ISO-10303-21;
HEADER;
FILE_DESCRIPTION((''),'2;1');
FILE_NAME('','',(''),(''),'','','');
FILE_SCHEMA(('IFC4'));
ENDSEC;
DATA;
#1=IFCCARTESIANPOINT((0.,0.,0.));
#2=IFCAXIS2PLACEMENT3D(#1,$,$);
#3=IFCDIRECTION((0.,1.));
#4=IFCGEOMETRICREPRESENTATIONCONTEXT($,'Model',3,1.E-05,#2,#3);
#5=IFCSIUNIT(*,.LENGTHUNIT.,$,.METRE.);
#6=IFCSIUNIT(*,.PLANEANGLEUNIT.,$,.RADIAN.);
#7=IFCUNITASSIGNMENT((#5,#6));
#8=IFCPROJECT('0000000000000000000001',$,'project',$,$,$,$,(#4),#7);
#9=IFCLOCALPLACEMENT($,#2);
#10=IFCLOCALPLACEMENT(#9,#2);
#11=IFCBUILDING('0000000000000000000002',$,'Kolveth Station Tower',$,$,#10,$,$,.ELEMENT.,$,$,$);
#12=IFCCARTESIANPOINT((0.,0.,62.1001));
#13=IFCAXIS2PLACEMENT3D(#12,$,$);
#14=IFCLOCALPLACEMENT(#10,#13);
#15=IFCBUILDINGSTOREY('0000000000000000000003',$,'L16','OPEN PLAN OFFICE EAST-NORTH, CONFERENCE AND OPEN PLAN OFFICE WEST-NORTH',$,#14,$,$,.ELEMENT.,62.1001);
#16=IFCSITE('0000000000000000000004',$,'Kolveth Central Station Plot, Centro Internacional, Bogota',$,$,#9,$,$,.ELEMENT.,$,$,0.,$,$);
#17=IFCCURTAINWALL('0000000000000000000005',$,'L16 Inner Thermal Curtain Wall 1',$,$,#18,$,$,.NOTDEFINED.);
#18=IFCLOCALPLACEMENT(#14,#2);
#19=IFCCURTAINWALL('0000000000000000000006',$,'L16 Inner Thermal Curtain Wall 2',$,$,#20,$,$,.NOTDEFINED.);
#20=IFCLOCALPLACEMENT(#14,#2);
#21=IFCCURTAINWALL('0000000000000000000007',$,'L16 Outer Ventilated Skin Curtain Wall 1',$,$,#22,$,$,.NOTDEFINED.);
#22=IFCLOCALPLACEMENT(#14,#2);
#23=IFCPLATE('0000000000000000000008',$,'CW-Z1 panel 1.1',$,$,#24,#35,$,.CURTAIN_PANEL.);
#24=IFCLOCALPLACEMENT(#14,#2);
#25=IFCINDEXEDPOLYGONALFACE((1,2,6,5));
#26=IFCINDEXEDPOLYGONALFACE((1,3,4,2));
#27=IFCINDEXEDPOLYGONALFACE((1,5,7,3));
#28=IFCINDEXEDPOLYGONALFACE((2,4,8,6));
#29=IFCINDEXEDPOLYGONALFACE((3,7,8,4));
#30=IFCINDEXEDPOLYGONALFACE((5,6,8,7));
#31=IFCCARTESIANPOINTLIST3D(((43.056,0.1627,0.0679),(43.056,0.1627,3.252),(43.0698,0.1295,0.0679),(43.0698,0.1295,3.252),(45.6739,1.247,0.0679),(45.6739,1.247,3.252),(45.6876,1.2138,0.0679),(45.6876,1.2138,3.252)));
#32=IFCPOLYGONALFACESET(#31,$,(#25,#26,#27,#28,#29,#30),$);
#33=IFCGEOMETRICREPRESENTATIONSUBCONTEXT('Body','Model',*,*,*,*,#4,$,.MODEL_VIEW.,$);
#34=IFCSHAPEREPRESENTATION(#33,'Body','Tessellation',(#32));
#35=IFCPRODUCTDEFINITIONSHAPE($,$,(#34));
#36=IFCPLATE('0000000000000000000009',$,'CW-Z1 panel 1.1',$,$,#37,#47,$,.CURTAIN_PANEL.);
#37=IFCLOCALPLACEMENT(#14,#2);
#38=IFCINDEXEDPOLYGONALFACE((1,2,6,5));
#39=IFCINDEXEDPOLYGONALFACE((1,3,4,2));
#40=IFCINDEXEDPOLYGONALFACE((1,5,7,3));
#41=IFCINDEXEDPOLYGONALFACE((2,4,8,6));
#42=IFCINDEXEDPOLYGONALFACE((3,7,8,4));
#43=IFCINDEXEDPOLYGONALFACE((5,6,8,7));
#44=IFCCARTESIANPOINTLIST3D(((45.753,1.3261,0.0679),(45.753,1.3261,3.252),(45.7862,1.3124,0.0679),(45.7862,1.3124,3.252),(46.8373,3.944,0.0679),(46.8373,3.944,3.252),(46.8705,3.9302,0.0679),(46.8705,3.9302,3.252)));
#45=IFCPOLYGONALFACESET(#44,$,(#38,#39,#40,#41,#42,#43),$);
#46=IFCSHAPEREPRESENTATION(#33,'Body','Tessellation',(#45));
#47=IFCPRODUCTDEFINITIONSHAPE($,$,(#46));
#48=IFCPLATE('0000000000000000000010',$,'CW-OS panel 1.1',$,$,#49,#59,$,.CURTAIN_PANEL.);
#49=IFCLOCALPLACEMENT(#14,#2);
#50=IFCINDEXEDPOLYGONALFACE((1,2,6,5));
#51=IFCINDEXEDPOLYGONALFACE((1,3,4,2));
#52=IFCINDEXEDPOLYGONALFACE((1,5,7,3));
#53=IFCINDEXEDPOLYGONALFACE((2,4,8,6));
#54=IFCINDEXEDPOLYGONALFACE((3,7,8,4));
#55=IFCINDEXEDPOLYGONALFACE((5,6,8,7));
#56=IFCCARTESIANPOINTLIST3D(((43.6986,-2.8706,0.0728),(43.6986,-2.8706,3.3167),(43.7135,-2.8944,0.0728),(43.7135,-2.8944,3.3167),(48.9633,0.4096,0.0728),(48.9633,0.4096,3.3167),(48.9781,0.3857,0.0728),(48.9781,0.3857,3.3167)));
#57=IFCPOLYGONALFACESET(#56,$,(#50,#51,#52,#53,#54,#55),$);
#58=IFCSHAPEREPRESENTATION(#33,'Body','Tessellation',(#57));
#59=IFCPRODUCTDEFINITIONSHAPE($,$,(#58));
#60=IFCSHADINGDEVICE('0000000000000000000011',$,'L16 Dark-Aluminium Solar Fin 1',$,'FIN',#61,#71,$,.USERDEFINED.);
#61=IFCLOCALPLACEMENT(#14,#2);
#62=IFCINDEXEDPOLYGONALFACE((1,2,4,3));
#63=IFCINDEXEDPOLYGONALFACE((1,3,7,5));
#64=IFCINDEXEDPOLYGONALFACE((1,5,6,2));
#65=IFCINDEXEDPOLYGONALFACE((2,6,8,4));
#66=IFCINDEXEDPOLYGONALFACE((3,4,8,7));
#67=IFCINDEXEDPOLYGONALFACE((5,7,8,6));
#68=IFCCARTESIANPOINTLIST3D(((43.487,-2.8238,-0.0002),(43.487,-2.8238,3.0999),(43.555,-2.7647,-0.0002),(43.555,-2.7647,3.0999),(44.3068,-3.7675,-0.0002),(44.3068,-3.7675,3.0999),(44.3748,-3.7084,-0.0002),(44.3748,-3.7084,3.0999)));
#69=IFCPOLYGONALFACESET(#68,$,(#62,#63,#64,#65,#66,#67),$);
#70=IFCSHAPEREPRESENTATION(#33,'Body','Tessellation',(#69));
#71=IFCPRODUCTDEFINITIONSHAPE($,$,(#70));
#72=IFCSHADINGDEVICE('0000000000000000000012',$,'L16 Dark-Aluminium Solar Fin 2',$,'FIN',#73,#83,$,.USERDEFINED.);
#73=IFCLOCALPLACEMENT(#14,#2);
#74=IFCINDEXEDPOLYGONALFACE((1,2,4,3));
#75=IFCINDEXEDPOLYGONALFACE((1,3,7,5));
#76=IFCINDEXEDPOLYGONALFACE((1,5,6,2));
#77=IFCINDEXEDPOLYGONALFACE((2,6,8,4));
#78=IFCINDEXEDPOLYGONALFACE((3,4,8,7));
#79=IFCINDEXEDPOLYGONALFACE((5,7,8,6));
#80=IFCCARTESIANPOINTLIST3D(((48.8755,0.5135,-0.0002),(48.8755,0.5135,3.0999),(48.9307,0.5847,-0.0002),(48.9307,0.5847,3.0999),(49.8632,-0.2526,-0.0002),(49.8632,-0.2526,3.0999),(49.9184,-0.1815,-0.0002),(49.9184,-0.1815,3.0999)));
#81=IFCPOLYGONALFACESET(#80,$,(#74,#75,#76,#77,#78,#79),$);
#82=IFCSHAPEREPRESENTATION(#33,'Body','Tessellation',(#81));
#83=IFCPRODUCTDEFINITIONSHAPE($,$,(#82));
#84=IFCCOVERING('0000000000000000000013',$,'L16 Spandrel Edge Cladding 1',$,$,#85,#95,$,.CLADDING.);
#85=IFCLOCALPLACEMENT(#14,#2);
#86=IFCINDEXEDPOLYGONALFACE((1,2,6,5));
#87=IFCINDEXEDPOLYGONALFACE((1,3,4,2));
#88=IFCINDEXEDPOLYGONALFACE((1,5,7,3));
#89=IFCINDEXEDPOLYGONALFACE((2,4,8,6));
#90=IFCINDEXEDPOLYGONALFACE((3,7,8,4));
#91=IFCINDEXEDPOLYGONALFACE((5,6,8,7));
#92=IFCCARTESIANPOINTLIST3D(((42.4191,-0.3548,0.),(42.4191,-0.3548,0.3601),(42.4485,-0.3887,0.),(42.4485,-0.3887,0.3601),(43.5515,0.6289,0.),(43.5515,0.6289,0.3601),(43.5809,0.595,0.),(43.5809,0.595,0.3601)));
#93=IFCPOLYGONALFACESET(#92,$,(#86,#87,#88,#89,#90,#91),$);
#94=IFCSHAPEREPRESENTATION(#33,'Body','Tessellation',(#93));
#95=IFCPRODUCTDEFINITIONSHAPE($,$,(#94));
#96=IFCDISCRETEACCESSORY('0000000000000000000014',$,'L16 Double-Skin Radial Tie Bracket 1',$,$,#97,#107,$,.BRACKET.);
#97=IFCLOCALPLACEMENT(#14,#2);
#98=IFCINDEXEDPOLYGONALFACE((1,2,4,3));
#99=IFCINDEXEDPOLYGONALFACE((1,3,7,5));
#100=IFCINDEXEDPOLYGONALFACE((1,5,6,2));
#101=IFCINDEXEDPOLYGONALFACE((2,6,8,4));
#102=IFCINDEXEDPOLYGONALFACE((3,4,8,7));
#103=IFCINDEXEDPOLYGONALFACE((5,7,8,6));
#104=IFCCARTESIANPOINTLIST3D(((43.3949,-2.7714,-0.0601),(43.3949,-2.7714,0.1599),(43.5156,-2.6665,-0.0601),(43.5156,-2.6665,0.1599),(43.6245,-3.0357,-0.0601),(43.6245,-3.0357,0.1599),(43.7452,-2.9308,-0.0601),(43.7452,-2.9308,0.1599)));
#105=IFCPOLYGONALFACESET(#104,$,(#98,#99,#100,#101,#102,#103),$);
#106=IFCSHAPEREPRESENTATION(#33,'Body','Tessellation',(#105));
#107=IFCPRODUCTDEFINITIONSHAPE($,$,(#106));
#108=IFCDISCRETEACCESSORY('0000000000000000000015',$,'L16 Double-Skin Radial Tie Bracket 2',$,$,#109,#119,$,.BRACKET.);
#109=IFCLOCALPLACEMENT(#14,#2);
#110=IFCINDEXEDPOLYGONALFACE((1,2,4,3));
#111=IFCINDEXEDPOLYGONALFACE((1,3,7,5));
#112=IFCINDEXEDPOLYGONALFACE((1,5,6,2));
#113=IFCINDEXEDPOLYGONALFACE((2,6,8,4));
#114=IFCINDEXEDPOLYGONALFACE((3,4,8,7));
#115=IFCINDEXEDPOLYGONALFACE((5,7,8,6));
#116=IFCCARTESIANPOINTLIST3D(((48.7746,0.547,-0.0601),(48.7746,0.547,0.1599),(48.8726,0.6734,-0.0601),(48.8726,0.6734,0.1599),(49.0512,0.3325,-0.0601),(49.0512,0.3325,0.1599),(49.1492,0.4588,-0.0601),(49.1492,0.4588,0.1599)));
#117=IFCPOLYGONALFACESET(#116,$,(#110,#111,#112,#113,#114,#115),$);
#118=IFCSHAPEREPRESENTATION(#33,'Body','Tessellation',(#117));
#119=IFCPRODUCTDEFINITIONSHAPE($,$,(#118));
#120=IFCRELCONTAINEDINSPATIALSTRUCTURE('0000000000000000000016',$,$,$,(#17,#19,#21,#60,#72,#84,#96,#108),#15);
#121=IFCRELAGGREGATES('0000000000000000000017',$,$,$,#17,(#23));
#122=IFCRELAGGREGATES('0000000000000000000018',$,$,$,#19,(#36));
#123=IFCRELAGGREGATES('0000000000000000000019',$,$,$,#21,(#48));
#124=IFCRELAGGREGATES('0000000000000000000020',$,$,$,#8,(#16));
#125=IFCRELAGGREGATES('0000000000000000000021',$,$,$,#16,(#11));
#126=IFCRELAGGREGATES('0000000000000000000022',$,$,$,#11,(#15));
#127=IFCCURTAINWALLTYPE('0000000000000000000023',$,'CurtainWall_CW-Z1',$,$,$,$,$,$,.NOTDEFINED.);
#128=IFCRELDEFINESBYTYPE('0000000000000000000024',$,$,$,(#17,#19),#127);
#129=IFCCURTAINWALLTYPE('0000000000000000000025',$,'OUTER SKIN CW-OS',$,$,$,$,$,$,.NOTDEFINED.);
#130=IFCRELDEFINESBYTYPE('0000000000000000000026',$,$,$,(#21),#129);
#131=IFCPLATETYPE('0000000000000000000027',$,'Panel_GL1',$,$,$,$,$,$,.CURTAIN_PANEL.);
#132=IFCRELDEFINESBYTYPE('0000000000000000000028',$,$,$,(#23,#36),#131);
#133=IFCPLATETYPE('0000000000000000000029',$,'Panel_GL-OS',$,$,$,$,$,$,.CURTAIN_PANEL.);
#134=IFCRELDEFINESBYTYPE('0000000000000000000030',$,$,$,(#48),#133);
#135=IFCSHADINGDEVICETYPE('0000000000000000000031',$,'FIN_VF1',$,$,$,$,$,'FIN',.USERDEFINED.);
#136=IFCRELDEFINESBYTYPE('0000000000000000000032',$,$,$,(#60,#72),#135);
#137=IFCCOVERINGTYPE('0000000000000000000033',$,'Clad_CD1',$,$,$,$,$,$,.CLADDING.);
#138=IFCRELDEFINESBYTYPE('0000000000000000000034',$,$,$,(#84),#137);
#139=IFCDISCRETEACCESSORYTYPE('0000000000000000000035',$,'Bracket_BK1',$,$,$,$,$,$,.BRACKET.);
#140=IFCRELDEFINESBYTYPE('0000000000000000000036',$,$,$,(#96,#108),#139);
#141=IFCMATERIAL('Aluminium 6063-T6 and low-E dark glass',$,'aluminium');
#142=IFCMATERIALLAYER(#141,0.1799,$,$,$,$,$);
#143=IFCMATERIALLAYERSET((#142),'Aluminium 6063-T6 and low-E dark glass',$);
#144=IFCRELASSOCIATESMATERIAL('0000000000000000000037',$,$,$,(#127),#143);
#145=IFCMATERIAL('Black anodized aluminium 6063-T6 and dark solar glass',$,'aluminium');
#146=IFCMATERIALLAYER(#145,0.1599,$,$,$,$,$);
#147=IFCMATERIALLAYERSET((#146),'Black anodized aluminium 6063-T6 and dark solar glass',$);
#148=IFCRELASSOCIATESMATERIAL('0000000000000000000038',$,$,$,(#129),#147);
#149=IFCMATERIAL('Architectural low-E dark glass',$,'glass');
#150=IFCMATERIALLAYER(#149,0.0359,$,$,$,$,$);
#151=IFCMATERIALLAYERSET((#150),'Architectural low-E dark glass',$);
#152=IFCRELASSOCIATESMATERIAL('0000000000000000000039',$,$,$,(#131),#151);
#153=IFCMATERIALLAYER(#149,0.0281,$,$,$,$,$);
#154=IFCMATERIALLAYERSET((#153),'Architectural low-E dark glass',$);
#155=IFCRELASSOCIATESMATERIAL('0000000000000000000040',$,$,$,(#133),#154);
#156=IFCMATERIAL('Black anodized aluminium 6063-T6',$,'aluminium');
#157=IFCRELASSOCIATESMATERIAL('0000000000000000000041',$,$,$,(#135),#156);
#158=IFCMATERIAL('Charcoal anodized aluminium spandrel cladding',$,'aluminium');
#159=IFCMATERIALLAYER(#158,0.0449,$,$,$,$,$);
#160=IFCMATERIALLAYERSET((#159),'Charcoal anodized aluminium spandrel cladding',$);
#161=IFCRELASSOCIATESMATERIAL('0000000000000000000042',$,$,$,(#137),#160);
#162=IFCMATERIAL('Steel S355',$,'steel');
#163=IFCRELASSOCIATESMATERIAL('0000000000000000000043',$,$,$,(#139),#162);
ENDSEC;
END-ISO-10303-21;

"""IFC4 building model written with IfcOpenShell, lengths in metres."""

from ifc_helpers import new_model, si_unit, direction, frame, origin, origin_2d, place, context, subcontext, project, spatial, rectangle, extrude, source, transform, mapped, material, layer, layer_set, type_object, element, aggregate, save


model = new_model("IFC4")

# Units and contexts
model_context = context("Model", 3, precision=1e-05, world=origin(), true_north=direction((0.0, 1.0)))
body_context = subcontext(model_context, "Body", "Model", "MODEL_VIEW")
ifc_project = project(units=[si_unit("LENGTHUNIT", "METRE"), si_unit("PLANEANGLEUNIT", "RADIAN")], contexts=[model_context])

# Site, building, storey
site_placement = place(None, origin())
site = spatial("IfcSite", under=ifc_project, at=site_placement, Name="Kolveth Central Station Plot, Centro Internacional, Bogota", CompositionType="ELEMENT", RefElevation=0.0)
building_placement = place(site_placement, origin())
building = spatial("IfcBuilding", under=site, at=building_placement, Name="Kolveth Station Tower", CompositionType="ELEMENT")
storey_placement = place(building_placement, frame((0.0, 0.0, 62.1001)))
storey = spatial("IfcBuildingStorey", under=building, at=storey_placement, Name="L16", Description="OPEN PLAN OFFICE EAST-NORTH, CONFERENCE AND OPEN PLAN OFFICE WEST-NORTH", CompositionType="ELEMENT", Elevation=62.1001)

# Shared definitions
ifc_material_1 = material(Name="Steel S355", Category="steel")

# Curtain walls
ifc_material_2 = material(Name="Aluminium 6063-T6 and low-E dark glass", Category="aluminium")
ifc_layer_1 = layer(ifc_material_2, 0.1799)
ifc_layer_set_1 = layer_set([ifc_layer_1], Name="Aluminium 6063-T6 and low-E dark glass")
curtain_wall_type_1 = type_object("IfcCurtainWallType", Name="CurtainWall_CW-Z1", PredefinedType="NOTDEFINED", material=ifc_layer_set_1)
curtain_wall_1_placement = place(storey_placement, origin())
curtain_wall_1 = element("IfcCurtainWall", 1, at=curtain_wall_1_placement, inside=storey, type_object=curtain_wall_type_1, Name="L16 Inner Thermal Curtain Wall 1", PredefinedType="NOTDEFINED")
ifc_material_3 = material(Name="Black anodized aluminium 6063-T6", Category="aluminium")
curtain_wall_2_placement = place(storey_placement, origin())
curtain_wall_2 = element("IfcCurtainWall", 2, at=curtain_wall_2_placement, inside=storey, type_object=curtain_wall_type_1, Name="L16 Inner Thermal Curtain Wall 2", PredefinedType="NOTDEFINED")
ifc_material_4 = material(Name="Black anodized aluminium 6063-T6 and dark solar glass", Category="aluminium")
ifc_layer_2 = layer(ifc_material_4, 0.1599)
ifc_layer_set_2 = layer_set([ifc_layer_2], Name="Black anodized aluminium 6063-T6 and dark solar glass")
curtain_wall_type_2 = type_object("IfcCurtainWallType", Name="OUTER SKIN CW-OS", PredefinedType="NOTDEFINED", material=ifc_layer_set_2)
curtain_wall_3_placement = place(storey_placement, origin())
curtain_wall_3 = element("IfcCurtainWall", 3, at=curtain_wall_3_placement, inside=storey, type_object=curtain_wall_type_2, Name="L16 Outer Ventilated Skin Curtain Wall 1", PredefinedType="NOTDEFINED")

# Plates
ifc_material_5 = material(Name="Architectural low-E dark glass", Category="glass")
ifc_layer_3 = layer(ifc_material_5, 0.0359)
ifc_layer_set_3 = layer_set([ifc_layer_3], Name="Architectural low-E dark glass")
plate_type_1 = type_object("IfcPlateType", Name="Panel_GL1", PredefinedType="CURTAIN_PANEL", material=ifc_layer_set_3)
shared_shape_1 = source(origin(), body_context, "Body", "SweptSolid", [
    extrude(rectangle(XDim=2.8335, YDim=0.0359, at=origin_2d()), origin(), (0.0, 0.0, 1.0), 3.1841),
])
plate_1_placement = place(storey_placement, frame((44.3718, 0.6882, 0.0679), z_axis=(0.0, 0.0, 1.0), x_axis=(0.923884, 0.382673, 0.0)))
plate_1 = element("IfcPlate", 4, at=plate_1_placement, type_object=plate_type_1, Name="CW-Z1 panel 1.1", PredefinedType="CURTAIN_PANEL", context=body_context, shape_type="MappedRepresentation", body=[
    mapped(shared_shape_1, transform((0.0, 0.0, 0.0), x_axis=(1.0, 0.0, 0.0), y_axis=(0.0, 1.0, 0.0), z_axis=(0.0, 0.0, 1.0), scale=1.0)),
])
aggregate(curtain_wall_1, [plate_1])
plate_2_placement = place(storey_placement, frame((46.3118, 2.6282, 0.0679), z_axis=(0.0, 0.0, 1.0), x_axis=(0.382673, 0.923884, 0.0)))
plate_2 = element("IfcPlate", 5, at=plate_2_placement, type_object=plate_type_1, Name="CW-Z1 panel 1.1", PredefinedType="CURTAIN_PANEL", context=body_context, shape_type="MappedRepresentation", body=[
    mapped(shared_shape_1, transform((0.0, 0.0, 0.0), x_axis=(1.0, 0.0, 0.0), y_axis=(0.0, 1.0, 0.0), z_axis=(0.0, 0.0, 1.0), scale=1.0)),
])
aggregate(curtain_wall_2, [plate_2])
ifc_layer_4 = layer(ifc_material_5, 0.0281)
ifc_layer_set_4 = layer_set([ifc_layer_4], Name="Architectural low-E dark glass")
plate_type_2 = type_object("IfcPlateType", Name="Panel_GL-OS", PredefinedType="CURTAIN_PANEL", material=ifc_layer_set_4)
shared_shape_2 = source(origin(), body_context, "Body", "SweptSolid", [
    extrude(rectangle(XDim=6.2029, YDim=0.0281, at=origin_2d()), origin(), (0.0, 0.0, 1.0), 3.2439),
])
plate_3_placement = place(storey_placement, frame((46.3384, -1.2424, 0.0728), z_axis=(0.0, 0.0, 1.0), x_axis=(0.848741, 0.528809, 0.0)))
plate_3 = element("IfcPlate", 6, at=plate_3_placement, type_object=plate_type_2, Name="CW-OS panel 1.1", PredefinedType="CURTAIN_PANEL", context=body_context, shape_type="MappedRepresentation", body=[
    mapped(shared_shape_2, transform((0.0, 0.0, 0.0), x_axis=(1.0, 0.0, 0.0), y_axis=(0.0, 1.0, 0.0), z_axis=(0.0, 0.0, 1.0), scale=1.0)),
])
aggregate(curtain_wall_3, [plate_3])

# Shading devices
shading_device_type = type_object("IfcShadingDeviceType", Name="FIN_VF1", ElementType="FIN", PredefinedType="USERDEFINED", material=ifc_material_3)
shared_shape_3 = source(origin(), body_context, "Body", "SweptSolid", [
    extrude(rectangle(XDim=1.25, YDim=0.0901, at=origin_2d()), origin(), (0.0, 0.0, 1.0), 3.1001),
])
for number, where, z_axis, x_axis, name in (
    (7, (43.9309, -3.2661, -0.0002), (0.0, 0.0, 1.0), (0.655796, -0.754939, 0.0), "L16 Dark-Aluminium Solar Fin 1"),
    (8, (49.397, 0.166, -0.0002), (0.0, 0.0, 1.0), (0.790155, -0.612907, 0.0), "L16 Dark-Aluminium Solar Fin 2"),
):
    element("IfcShadingDevice", number, at=place(storey_placement, frame(where, z_axis=z_axis, x_axis=x_axis)), inside=storey, type_object=shading_device_type, Name=name, ObjectType="FIN", PredefinedType="USERDEFINED", context=body_context, shape_type="MappedRepresentation", body=[
        mapped(shared_shape_3, transform((0.0, 0.0, 0.0), x_axis=(1.0, 0.0, 0.0), y_axis=(0.0, 1.0, 0.0), z_axis=(0.0, 0.0, 1.0), scale=1.0)),
    ])

# Covering
ifc_material_6 = material(Name="Charcoal anodized aluminium spandrel cladding", Category="aluminium")
ifc_layer_5 = layer(ifc_material_6, 0.0449)
ifc_layer_set_5 = layer_set([ifc_layer_5], Name="Charcoal anodized aluminium spandrel cladding")
covering_type = type_object("IfcCoveringType", Name="Clad_CD1", PredefinedType="CLADDING", material=ifc_layer_set_5)
shared_shape_4 = source(origin(), body_context, "Body", "SweptSolid", [
    extrude(rectangle(XDim=1.5, YDim=0.0449, at=origin_2d()), origin(), (0.0, 0.0, 1.0), 0.3601),
])
covering_placement = place(storey_placement, frame((43.0, 0.1201, 0.0), z_axis=(0.0, 0.0, 1.0), x_axis=(0.754939, 0.655796, 0.0)))
element("IfcCovering", 9, at=covering_placement, inside=storey, type_object=covering_type, Name="L16 Spandrel Edge Cladding 1", PredefinedType="CLADDING", context=body_context, shape_type="MappedRepresentation", body=[
    mapped(shared_shape_4, transform((0.0, 0.0, 0.0), x_axis=(1.0, 0.0, 0.0), y_axis=(0.0, 1.0, 0.0), z_axis=(0.0, 0.0, 1.0), scale=1.0)),
])

# Discrete accessories
discrete_accessory_type = type_object("IfcDiscreteAccessoryType", Name="Bracket_BK1", PredefinedType="BRACKET", material=ifc_material_1)
shared_shape_5 = source(origin(), body_context, "Body", "SweptSolid", [
    extrude(rectangle(XDim=0.3501, YDim=0.1599, at=origin_2d()), origin(), (0.0, 0.0, 1.0), 0.22),
])
for number, where, z_axis, x_axis, name in (
    (10, (43.5701, -2.8511, -0.0601), (0.0, 0.0, 1.0), (0.655796, -0.754939, 0.0), "L16 Double-Skin Radial Tie Bracket 1"),
    (11, (48.9619, 0.5029, -0.0601), (0.0, 0.0, 1.0), (0.790155, -0.612907, 0.0), "L16 Double-Skin Radial Tie Bracket 2"),
):
    element("IfcDiscreteAccessory", number, at=place(storey_placement, frame(where, z_axis=z_axis, x_axis=x_axis)), inside=storey, type_object=discrete_accessory_type, Name=name, PredefinedType="BRACKET", context=body_context, shape_type="MappedRepresentation", body=[
        mapped(shared_shape_5, transform((0.0, 0.0, 0.0), x_axis=(1.0, 0.0, 0.0), y_axis=(0.0, 1.0, 0.0), z_axis=(0.0, 0.0, 1.0), scale=1.0)),
    ])

save(model, "model.ifc")
